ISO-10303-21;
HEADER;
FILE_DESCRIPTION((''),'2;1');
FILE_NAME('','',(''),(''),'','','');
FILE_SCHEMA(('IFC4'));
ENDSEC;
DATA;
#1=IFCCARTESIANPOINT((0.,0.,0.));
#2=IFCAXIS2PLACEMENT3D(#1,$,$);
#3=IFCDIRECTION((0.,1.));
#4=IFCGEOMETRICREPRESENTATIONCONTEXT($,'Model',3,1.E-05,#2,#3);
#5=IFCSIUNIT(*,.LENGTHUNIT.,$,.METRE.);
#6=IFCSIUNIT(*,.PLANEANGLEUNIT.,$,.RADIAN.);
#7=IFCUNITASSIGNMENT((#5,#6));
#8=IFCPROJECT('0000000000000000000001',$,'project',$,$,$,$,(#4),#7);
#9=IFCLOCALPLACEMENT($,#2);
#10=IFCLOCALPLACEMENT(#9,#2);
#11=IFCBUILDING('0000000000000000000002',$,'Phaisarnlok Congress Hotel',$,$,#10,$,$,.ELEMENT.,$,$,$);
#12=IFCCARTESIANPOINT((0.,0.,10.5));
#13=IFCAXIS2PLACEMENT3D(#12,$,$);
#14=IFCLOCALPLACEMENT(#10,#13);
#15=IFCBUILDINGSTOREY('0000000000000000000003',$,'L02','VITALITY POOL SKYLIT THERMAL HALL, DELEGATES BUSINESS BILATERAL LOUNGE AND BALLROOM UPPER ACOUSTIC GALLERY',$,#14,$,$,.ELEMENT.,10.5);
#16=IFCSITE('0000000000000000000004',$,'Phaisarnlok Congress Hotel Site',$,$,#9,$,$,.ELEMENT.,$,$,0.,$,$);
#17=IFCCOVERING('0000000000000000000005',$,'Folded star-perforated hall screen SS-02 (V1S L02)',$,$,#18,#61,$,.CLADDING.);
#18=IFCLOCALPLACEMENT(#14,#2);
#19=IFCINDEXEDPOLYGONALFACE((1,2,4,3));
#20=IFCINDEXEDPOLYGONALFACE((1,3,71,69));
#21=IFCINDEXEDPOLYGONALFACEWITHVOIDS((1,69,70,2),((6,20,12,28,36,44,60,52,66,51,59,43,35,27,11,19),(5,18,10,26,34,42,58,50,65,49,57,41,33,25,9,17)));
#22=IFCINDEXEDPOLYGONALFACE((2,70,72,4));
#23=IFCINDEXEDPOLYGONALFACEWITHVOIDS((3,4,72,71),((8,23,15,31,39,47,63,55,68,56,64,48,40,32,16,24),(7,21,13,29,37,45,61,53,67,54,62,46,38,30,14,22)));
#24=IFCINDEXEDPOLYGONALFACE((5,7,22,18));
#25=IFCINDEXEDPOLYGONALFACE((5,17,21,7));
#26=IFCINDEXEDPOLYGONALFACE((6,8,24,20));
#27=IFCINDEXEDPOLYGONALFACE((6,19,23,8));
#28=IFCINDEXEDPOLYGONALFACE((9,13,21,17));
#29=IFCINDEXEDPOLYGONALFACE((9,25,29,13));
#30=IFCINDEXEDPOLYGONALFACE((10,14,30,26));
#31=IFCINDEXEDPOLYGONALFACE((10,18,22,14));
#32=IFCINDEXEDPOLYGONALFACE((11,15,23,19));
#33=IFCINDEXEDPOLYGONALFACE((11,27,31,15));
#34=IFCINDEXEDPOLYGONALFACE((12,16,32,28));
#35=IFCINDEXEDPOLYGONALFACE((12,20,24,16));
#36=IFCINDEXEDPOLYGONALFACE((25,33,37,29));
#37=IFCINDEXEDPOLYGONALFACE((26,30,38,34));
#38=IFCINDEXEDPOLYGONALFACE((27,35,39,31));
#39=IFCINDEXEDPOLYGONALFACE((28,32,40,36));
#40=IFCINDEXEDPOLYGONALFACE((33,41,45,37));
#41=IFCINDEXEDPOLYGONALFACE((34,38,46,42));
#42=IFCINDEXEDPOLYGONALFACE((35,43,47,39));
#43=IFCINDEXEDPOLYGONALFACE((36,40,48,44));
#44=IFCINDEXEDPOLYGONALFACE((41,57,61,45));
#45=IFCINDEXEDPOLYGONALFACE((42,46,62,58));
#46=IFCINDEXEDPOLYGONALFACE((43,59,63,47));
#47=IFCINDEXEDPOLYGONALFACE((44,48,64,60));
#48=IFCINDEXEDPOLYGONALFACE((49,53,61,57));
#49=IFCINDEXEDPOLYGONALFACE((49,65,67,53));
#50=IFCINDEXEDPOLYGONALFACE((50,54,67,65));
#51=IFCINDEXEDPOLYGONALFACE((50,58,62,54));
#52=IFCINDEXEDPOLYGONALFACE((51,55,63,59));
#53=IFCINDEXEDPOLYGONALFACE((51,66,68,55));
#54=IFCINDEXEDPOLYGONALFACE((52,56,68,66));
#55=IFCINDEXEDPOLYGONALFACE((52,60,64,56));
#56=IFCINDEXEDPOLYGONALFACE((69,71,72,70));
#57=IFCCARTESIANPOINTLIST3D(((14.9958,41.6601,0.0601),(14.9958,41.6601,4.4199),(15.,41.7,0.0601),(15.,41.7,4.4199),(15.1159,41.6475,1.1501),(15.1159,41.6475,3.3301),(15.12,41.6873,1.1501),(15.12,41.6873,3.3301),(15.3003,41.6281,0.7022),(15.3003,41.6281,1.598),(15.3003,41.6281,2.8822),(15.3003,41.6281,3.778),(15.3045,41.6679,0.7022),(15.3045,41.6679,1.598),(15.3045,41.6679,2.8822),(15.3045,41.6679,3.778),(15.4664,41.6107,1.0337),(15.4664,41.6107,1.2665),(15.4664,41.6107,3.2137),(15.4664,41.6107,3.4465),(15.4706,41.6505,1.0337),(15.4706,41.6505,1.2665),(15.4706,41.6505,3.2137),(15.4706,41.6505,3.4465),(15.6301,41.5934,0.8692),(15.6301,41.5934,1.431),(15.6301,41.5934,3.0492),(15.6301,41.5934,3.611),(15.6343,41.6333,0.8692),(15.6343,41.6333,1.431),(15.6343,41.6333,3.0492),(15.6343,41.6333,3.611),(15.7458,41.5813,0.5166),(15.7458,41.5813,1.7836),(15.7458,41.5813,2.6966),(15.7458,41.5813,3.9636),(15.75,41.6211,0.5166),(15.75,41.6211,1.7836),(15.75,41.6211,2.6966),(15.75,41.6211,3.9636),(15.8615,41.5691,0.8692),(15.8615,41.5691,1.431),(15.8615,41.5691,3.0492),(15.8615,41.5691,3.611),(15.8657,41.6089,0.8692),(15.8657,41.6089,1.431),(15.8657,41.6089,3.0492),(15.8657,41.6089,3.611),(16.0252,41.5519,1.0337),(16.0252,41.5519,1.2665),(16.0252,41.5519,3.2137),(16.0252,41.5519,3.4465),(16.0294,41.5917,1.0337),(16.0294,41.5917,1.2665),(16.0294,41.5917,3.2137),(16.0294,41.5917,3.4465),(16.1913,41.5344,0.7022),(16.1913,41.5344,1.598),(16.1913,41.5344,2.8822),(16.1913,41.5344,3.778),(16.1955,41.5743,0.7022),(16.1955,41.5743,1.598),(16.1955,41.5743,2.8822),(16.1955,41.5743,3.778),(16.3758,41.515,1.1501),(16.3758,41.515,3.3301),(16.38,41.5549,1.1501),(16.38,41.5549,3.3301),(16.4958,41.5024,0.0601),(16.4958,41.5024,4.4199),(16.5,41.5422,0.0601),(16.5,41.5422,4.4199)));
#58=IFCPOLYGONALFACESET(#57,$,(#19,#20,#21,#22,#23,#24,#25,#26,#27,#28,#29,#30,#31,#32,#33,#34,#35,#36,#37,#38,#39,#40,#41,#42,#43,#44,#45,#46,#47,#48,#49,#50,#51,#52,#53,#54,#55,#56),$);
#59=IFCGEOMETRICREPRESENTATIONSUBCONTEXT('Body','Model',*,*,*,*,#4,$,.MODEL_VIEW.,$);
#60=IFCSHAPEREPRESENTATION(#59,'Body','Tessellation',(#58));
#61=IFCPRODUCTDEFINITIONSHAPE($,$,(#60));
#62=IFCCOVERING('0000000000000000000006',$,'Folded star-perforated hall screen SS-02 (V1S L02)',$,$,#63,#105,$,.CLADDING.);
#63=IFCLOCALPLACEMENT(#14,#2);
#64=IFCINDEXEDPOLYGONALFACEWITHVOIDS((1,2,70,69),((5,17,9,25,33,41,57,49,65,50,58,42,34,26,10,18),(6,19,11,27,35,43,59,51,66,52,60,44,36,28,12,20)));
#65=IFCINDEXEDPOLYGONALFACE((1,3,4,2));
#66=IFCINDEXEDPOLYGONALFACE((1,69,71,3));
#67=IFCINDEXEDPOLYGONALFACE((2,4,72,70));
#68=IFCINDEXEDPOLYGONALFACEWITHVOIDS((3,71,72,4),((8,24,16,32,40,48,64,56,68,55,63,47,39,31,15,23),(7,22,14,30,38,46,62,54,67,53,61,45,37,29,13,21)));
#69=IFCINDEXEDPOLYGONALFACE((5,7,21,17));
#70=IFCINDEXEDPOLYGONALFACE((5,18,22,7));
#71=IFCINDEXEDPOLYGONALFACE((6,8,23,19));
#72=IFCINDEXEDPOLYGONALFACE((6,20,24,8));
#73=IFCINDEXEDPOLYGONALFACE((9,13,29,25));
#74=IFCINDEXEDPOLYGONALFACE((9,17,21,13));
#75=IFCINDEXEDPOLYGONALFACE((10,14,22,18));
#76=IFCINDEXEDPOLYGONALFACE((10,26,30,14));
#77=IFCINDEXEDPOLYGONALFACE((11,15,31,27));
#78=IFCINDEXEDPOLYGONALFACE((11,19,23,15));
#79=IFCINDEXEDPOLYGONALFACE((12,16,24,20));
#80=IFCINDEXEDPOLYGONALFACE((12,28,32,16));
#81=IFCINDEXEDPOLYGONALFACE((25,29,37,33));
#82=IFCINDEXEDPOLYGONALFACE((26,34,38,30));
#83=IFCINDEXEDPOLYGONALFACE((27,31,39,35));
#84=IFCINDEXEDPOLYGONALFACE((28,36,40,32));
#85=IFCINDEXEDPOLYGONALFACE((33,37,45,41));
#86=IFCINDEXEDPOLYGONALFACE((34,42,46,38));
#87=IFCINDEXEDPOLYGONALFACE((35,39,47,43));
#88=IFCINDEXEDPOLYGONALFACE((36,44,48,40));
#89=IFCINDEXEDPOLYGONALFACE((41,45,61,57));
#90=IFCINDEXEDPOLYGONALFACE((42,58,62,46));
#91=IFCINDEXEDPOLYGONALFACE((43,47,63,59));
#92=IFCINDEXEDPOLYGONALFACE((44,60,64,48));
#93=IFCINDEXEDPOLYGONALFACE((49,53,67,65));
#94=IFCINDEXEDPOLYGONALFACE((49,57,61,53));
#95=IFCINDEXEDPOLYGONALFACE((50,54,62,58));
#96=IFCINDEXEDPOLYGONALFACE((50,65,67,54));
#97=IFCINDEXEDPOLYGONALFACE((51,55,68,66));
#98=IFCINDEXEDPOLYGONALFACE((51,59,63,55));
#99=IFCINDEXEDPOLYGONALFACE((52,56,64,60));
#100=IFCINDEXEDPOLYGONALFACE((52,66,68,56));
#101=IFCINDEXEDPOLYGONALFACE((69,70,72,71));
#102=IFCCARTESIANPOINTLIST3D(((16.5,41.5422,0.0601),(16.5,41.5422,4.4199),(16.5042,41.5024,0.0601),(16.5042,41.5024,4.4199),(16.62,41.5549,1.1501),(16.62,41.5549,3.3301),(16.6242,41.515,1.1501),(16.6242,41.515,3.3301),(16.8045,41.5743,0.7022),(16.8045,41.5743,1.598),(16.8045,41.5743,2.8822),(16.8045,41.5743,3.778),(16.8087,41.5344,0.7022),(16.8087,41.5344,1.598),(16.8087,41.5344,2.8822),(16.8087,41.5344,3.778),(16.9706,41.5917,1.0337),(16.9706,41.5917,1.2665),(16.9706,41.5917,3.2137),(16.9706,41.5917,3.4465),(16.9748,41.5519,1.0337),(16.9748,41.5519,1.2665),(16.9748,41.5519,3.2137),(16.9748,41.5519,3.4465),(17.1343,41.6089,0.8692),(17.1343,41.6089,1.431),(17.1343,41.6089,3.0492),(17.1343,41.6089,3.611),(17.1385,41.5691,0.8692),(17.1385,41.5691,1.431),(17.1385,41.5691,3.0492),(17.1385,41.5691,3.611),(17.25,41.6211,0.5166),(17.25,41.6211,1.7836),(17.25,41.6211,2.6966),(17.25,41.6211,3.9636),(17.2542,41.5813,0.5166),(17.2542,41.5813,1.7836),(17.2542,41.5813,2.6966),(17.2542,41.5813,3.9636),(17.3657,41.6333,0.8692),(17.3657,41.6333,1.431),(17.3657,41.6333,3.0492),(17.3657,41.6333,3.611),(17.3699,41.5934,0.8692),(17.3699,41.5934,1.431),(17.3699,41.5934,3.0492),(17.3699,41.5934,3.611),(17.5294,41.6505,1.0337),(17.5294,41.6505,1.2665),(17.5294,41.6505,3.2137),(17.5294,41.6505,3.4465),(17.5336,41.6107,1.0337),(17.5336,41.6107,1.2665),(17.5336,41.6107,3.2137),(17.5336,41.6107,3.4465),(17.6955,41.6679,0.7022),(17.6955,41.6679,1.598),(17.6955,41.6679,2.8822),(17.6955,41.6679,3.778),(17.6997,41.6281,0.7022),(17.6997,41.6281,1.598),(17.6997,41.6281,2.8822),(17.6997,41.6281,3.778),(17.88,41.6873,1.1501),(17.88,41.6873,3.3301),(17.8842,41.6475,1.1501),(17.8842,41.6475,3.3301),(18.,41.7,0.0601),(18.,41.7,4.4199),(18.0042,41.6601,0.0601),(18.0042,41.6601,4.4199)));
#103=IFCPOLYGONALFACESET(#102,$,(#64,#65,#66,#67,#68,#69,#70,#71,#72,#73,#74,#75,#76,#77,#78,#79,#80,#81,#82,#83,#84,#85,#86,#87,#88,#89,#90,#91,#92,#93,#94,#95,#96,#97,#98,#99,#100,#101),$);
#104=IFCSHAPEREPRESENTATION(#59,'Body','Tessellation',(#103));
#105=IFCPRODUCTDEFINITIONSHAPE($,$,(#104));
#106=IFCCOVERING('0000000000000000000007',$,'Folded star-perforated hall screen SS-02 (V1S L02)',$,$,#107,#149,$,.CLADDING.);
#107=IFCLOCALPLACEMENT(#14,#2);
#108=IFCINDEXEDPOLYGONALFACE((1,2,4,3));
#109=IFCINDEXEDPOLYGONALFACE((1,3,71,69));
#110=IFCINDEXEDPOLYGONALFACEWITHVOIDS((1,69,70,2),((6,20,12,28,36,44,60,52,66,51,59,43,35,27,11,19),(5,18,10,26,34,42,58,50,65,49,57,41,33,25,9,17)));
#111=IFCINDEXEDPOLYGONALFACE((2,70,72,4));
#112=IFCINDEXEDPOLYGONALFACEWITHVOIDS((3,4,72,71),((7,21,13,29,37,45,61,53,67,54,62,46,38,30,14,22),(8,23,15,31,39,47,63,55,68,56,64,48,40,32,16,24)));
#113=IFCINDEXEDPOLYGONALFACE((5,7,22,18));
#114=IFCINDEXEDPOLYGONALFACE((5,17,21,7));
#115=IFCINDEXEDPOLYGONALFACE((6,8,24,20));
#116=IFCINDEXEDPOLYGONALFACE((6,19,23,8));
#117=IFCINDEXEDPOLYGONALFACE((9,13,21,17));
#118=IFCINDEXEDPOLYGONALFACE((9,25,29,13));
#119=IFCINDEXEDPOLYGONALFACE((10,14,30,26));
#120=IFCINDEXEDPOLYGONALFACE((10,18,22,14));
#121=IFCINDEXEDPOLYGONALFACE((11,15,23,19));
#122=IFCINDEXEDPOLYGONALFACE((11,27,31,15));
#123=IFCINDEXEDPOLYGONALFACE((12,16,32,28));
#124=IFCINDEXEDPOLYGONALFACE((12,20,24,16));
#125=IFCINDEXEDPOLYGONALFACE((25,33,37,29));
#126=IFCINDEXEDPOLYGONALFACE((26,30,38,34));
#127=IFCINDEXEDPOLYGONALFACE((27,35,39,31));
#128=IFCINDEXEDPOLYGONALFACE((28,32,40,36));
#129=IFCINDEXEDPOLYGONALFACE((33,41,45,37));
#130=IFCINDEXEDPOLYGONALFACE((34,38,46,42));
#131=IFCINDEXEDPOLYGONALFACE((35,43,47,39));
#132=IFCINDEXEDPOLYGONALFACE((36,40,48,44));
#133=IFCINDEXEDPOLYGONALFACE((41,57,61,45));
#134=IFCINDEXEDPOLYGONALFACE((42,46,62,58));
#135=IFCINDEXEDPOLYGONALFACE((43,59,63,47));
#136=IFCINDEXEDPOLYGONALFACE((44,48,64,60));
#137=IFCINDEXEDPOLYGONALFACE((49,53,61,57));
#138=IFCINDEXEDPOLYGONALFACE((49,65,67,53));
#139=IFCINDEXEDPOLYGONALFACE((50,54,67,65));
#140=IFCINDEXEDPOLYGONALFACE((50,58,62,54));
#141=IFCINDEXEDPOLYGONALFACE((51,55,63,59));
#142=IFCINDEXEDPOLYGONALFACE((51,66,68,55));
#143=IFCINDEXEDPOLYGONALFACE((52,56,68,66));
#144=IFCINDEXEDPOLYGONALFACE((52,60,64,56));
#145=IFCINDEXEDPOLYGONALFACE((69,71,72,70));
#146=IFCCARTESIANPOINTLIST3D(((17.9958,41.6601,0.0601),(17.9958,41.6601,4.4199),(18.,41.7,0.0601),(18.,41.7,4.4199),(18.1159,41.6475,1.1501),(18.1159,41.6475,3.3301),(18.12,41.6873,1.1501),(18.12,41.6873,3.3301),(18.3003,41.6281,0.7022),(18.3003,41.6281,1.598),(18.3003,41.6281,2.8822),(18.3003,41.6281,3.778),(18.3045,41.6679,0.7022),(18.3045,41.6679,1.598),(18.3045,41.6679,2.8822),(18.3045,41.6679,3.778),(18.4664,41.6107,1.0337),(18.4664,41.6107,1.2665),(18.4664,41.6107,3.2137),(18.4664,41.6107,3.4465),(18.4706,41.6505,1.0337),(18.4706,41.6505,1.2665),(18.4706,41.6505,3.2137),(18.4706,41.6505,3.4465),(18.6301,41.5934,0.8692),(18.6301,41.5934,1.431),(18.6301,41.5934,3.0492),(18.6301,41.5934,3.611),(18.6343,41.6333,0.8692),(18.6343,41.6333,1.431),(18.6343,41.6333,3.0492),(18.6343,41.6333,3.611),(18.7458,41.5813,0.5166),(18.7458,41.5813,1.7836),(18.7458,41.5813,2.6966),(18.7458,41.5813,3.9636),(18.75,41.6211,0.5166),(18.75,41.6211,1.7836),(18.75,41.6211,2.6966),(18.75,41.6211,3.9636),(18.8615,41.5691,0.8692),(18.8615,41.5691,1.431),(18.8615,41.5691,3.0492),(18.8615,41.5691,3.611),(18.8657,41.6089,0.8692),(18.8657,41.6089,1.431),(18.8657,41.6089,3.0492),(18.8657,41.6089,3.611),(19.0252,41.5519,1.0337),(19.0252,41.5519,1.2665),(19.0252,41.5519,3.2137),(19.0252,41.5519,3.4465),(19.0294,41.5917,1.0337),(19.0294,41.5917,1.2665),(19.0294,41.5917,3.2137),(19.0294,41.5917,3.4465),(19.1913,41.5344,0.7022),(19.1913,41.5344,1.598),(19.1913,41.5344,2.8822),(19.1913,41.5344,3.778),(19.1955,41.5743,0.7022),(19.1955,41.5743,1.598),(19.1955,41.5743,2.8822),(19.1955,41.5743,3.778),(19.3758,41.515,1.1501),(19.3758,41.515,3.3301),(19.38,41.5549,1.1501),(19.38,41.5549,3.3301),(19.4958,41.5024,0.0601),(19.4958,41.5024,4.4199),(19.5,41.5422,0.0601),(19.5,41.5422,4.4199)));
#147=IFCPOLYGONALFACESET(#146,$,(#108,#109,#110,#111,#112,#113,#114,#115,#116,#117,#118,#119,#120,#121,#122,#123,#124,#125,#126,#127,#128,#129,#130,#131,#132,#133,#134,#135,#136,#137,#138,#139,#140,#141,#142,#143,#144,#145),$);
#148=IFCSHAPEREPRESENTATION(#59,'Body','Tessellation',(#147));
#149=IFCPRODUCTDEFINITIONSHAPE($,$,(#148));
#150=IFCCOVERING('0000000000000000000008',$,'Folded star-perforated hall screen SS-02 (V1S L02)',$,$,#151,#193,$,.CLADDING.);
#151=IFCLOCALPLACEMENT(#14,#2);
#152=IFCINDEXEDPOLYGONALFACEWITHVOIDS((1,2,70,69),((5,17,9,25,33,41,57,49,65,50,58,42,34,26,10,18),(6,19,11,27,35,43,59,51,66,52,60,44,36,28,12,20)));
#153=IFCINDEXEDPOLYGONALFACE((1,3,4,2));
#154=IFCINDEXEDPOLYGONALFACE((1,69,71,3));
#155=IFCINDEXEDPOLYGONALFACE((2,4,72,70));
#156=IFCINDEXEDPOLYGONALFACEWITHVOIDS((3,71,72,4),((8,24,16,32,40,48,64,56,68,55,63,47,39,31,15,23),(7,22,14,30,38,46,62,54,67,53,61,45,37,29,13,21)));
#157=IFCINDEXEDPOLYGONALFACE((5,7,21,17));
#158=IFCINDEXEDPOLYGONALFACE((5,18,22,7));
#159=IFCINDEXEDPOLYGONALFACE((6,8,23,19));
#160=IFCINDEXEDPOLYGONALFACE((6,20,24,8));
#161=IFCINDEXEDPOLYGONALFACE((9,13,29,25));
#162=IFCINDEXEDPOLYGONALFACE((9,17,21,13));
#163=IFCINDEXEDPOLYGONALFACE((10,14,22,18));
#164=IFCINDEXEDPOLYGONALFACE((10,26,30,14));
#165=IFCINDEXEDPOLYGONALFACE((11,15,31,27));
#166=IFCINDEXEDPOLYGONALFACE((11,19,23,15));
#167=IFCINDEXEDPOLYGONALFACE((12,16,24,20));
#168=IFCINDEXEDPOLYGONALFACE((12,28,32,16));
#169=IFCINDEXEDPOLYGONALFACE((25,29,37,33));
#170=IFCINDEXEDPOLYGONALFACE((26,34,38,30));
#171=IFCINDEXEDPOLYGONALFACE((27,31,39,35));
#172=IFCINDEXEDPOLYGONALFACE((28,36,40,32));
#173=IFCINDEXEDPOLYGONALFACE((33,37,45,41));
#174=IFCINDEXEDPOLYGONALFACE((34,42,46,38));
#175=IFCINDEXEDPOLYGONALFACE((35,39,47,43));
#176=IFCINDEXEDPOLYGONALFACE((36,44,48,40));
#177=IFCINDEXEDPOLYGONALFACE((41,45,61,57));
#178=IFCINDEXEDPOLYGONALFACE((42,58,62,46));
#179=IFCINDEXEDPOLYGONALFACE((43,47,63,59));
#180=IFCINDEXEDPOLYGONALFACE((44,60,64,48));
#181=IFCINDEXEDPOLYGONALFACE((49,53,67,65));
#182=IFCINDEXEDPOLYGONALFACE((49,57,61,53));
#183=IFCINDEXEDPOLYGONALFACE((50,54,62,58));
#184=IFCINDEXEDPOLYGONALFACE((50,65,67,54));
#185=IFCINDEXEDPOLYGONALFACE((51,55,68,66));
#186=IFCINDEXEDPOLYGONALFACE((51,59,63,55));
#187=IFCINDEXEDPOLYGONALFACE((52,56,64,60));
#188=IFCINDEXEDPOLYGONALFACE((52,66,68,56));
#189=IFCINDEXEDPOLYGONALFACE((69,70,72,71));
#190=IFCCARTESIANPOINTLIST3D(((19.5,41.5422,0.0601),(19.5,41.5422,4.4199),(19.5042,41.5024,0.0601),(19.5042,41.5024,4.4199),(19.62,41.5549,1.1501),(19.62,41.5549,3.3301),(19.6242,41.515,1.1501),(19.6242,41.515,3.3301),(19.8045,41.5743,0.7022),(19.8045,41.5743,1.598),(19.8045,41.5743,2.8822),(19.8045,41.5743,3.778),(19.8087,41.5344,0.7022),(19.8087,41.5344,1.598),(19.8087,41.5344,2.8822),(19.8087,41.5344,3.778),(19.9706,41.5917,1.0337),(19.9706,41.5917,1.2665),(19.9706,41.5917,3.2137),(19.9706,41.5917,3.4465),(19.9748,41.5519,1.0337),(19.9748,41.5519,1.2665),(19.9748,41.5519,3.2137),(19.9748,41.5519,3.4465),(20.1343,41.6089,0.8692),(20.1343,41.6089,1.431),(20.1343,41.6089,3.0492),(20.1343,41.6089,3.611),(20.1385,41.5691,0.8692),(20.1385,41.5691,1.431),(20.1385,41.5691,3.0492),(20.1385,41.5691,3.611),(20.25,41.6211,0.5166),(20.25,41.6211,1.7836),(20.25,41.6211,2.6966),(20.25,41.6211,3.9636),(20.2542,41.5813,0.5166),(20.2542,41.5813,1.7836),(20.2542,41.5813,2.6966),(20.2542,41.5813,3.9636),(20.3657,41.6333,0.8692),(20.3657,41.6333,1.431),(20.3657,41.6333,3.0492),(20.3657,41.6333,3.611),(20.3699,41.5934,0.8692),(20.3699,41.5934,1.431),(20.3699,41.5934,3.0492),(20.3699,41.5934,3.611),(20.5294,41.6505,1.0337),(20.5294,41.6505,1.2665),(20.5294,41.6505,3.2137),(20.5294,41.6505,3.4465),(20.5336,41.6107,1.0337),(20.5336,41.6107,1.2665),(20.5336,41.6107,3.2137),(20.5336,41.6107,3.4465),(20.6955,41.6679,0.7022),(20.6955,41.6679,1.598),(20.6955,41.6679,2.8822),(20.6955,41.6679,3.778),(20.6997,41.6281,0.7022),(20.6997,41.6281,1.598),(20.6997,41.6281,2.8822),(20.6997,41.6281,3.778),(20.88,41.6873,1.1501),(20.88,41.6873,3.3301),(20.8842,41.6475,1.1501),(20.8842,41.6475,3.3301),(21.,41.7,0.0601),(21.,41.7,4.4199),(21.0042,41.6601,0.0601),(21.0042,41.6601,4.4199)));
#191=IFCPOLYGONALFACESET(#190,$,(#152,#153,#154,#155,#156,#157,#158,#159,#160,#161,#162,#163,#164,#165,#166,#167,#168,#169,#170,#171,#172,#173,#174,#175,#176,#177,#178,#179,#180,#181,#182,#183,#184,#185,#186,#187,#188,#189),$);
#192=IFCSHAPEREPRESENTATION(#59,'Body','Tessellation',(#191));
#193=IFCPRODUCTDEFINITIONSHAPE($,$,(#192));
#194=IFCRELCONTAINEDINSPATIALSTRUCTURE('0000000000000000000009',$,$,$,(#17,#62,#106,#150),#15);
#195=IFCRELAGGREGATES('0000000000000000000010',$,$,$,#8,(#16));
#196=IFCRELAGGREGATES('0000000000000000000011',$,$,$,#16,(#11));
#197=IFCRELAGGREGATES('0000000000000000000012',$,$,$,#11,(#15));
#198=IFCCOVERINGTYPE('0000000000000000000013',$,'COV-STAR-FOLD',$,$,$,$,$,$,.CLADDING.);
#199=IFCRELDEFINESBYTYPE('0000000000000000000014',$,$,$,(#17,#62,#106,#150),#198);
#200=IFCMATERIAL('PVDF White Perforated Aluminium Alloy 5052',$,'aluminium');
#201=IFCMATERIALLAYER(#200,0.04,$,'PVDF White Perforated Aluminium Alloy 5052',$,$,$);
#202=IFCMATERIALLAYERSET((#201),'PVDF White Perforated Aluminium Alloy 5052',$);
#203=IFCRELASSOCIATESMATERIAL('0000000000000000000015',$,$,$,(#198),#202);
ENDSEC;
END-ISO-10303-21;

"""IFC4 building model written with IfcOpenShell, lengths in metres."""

from ifc_helpers import new_model, si_unit, direction, frame, origin, place, context, subcontext, project, spatial, polyline, outline, extrude, material, layer, layer_set, type_object, element, save


model = new_model("IFC4")

# Units and contexts
model_context = context("Model", 3, precision=1e-05, world=origin(), true_north=direction((0.0, 1.0)))
body_context = subcontext(model_context, "Body", "Model", "MODEL_VIEW")
ifc_project = project(units=[si_unit("LENGTHUNIT", "METRE"), si_unit("PLANEANGLEUNIT", "RADIAN")], contexts=[model_context])

# Site, building, storey
site_placement = place(None, origin())
site = spatial("IfcSite", under=ifc_project, at=site_placement, Name="Phaisarnlok Congress Hotel Site", CompositionType="ELEMENT", RefElevation=0.0)
building_placement = place(site_placement, origin())
building = spatial("IfcBuilding", under=site, at=building_placement, Name="Phaisarnlok Congress Hotel", CompositionType="ELEMENT")
storey_placement = place(building_placement, frame((0.0, 0.0, 10.5)))
storey = spatial("IfcBuildingStorey", under=building, at=storey_placement, Name="L02", Description="VITALITY POOL SKYLIT THERMAL HALL, DELEGATES BUSINESS BILATERAL LOUNGE AND BALLROOM UPPER ACOUSTIC GALLERY", CompositionType="ELEMENT", Elevation=10.5)

# Coverings
ifc_material_1 = material(Name="PVDF White Perforated Aluminium Alloy 5052", Category="aluminium")
ifc_layer_1 = layer(ifc_material_1, 0.04, Name="PVDF White Perforated Aluminium Alloy 5052")
ifc_layer_set_1 = layer_set([ifc_layer_1], Name="PVDF White Perforated Aluminium Alloy 5052")
covering_type_1 = type_object("IfcCoveringType", Name="COV-STAR-FOLD", PredefinedType="CLADDING", material=ifc_layer_set_1)
for number, where, z_axis, x_axis, name in (
    (1, (15.0, 41.7, 0.0601), (-0.104567, -0.994518, 0.0), (0.994518, -0.104567, 0.0), "Folded star-perforated hall screen SS-02 (V1S L02)"),
    (2, (16.5, 41.5422, 0.0601), (0.104567, -0.994518, 0.0), (0.994518, 0.104567, 0.0), "Folded star-perforated hall screen SS-02 (V1S L02)"),
    (3, (18.0, 41.7, 0.0601), (-0.104567, -0.994518, 0.0), (0.994518, -0.104567, 0.0), "Folded star-perforated hall screen SS-02 (V1S L02)"),
    (4, (19.5, 41.5422, 0.0601), (0.104567, -0.994518, 0.0), (0.994518, 0.104567, 0.0), "Folded star-perforated hall screen SS-02 (V1S L02)"),
):
    element("IfcCovering", number, at=place(storey_placement, frame(where, z_axis=z_axis, x_axis=x_axis)), inside=storey, type_object=covering_type_1, Name=name, PredefinedType="CLADDING", context=body_context, shape_type="SweptSolid", body=[
        extrude(outline(polyline([(0.0, 0.0), (1.5083, 0.0), (1.5083, 4.3599), (0.0, 4.3599), (0.0, 0.0)]), holes=[polyline([(1.0351, 0.9736), (1.2021, 0.6421), (0.8705, 0.8091), (0.7541, 0.4565), (0.6378, 0.8091), (0.3062, 0.6421), (0.4732, 0.9736), (0.1207, 1.09), (0.4732, 1.2064), (0.3062, 1.5379), (0.6378, 1.3709), (0.7541, 1.7235), (0.8705, 1.3709), (1.2021, 1.5379), (1.0351, 1.2064), (1.3876, 1.09), (1.0351, 0.9736)]), polyline([(1.0351, 3.1536), (1.2021, 2.8221), (0.8705, 2.9891), (0.7541, 2.6365), (0.6378, 2.9891), (0.3062, 2.8221), (0.4732, 3.1536), (0.1207, 3.27), (0.4732, 3.3864), (0.3062, 3.7179), (0.6378, 3.5509), (0.7541, 3.9035), (0.8705, 3.5509), (1.2021, 3.7179), (1.0351, 3.3864), (1.3876, 3.27), (1.0351, 3.1536)])]), origin(), (0.0, 0.0, 1.0), 0.04),
    ])

save(model, "model.ifc")
